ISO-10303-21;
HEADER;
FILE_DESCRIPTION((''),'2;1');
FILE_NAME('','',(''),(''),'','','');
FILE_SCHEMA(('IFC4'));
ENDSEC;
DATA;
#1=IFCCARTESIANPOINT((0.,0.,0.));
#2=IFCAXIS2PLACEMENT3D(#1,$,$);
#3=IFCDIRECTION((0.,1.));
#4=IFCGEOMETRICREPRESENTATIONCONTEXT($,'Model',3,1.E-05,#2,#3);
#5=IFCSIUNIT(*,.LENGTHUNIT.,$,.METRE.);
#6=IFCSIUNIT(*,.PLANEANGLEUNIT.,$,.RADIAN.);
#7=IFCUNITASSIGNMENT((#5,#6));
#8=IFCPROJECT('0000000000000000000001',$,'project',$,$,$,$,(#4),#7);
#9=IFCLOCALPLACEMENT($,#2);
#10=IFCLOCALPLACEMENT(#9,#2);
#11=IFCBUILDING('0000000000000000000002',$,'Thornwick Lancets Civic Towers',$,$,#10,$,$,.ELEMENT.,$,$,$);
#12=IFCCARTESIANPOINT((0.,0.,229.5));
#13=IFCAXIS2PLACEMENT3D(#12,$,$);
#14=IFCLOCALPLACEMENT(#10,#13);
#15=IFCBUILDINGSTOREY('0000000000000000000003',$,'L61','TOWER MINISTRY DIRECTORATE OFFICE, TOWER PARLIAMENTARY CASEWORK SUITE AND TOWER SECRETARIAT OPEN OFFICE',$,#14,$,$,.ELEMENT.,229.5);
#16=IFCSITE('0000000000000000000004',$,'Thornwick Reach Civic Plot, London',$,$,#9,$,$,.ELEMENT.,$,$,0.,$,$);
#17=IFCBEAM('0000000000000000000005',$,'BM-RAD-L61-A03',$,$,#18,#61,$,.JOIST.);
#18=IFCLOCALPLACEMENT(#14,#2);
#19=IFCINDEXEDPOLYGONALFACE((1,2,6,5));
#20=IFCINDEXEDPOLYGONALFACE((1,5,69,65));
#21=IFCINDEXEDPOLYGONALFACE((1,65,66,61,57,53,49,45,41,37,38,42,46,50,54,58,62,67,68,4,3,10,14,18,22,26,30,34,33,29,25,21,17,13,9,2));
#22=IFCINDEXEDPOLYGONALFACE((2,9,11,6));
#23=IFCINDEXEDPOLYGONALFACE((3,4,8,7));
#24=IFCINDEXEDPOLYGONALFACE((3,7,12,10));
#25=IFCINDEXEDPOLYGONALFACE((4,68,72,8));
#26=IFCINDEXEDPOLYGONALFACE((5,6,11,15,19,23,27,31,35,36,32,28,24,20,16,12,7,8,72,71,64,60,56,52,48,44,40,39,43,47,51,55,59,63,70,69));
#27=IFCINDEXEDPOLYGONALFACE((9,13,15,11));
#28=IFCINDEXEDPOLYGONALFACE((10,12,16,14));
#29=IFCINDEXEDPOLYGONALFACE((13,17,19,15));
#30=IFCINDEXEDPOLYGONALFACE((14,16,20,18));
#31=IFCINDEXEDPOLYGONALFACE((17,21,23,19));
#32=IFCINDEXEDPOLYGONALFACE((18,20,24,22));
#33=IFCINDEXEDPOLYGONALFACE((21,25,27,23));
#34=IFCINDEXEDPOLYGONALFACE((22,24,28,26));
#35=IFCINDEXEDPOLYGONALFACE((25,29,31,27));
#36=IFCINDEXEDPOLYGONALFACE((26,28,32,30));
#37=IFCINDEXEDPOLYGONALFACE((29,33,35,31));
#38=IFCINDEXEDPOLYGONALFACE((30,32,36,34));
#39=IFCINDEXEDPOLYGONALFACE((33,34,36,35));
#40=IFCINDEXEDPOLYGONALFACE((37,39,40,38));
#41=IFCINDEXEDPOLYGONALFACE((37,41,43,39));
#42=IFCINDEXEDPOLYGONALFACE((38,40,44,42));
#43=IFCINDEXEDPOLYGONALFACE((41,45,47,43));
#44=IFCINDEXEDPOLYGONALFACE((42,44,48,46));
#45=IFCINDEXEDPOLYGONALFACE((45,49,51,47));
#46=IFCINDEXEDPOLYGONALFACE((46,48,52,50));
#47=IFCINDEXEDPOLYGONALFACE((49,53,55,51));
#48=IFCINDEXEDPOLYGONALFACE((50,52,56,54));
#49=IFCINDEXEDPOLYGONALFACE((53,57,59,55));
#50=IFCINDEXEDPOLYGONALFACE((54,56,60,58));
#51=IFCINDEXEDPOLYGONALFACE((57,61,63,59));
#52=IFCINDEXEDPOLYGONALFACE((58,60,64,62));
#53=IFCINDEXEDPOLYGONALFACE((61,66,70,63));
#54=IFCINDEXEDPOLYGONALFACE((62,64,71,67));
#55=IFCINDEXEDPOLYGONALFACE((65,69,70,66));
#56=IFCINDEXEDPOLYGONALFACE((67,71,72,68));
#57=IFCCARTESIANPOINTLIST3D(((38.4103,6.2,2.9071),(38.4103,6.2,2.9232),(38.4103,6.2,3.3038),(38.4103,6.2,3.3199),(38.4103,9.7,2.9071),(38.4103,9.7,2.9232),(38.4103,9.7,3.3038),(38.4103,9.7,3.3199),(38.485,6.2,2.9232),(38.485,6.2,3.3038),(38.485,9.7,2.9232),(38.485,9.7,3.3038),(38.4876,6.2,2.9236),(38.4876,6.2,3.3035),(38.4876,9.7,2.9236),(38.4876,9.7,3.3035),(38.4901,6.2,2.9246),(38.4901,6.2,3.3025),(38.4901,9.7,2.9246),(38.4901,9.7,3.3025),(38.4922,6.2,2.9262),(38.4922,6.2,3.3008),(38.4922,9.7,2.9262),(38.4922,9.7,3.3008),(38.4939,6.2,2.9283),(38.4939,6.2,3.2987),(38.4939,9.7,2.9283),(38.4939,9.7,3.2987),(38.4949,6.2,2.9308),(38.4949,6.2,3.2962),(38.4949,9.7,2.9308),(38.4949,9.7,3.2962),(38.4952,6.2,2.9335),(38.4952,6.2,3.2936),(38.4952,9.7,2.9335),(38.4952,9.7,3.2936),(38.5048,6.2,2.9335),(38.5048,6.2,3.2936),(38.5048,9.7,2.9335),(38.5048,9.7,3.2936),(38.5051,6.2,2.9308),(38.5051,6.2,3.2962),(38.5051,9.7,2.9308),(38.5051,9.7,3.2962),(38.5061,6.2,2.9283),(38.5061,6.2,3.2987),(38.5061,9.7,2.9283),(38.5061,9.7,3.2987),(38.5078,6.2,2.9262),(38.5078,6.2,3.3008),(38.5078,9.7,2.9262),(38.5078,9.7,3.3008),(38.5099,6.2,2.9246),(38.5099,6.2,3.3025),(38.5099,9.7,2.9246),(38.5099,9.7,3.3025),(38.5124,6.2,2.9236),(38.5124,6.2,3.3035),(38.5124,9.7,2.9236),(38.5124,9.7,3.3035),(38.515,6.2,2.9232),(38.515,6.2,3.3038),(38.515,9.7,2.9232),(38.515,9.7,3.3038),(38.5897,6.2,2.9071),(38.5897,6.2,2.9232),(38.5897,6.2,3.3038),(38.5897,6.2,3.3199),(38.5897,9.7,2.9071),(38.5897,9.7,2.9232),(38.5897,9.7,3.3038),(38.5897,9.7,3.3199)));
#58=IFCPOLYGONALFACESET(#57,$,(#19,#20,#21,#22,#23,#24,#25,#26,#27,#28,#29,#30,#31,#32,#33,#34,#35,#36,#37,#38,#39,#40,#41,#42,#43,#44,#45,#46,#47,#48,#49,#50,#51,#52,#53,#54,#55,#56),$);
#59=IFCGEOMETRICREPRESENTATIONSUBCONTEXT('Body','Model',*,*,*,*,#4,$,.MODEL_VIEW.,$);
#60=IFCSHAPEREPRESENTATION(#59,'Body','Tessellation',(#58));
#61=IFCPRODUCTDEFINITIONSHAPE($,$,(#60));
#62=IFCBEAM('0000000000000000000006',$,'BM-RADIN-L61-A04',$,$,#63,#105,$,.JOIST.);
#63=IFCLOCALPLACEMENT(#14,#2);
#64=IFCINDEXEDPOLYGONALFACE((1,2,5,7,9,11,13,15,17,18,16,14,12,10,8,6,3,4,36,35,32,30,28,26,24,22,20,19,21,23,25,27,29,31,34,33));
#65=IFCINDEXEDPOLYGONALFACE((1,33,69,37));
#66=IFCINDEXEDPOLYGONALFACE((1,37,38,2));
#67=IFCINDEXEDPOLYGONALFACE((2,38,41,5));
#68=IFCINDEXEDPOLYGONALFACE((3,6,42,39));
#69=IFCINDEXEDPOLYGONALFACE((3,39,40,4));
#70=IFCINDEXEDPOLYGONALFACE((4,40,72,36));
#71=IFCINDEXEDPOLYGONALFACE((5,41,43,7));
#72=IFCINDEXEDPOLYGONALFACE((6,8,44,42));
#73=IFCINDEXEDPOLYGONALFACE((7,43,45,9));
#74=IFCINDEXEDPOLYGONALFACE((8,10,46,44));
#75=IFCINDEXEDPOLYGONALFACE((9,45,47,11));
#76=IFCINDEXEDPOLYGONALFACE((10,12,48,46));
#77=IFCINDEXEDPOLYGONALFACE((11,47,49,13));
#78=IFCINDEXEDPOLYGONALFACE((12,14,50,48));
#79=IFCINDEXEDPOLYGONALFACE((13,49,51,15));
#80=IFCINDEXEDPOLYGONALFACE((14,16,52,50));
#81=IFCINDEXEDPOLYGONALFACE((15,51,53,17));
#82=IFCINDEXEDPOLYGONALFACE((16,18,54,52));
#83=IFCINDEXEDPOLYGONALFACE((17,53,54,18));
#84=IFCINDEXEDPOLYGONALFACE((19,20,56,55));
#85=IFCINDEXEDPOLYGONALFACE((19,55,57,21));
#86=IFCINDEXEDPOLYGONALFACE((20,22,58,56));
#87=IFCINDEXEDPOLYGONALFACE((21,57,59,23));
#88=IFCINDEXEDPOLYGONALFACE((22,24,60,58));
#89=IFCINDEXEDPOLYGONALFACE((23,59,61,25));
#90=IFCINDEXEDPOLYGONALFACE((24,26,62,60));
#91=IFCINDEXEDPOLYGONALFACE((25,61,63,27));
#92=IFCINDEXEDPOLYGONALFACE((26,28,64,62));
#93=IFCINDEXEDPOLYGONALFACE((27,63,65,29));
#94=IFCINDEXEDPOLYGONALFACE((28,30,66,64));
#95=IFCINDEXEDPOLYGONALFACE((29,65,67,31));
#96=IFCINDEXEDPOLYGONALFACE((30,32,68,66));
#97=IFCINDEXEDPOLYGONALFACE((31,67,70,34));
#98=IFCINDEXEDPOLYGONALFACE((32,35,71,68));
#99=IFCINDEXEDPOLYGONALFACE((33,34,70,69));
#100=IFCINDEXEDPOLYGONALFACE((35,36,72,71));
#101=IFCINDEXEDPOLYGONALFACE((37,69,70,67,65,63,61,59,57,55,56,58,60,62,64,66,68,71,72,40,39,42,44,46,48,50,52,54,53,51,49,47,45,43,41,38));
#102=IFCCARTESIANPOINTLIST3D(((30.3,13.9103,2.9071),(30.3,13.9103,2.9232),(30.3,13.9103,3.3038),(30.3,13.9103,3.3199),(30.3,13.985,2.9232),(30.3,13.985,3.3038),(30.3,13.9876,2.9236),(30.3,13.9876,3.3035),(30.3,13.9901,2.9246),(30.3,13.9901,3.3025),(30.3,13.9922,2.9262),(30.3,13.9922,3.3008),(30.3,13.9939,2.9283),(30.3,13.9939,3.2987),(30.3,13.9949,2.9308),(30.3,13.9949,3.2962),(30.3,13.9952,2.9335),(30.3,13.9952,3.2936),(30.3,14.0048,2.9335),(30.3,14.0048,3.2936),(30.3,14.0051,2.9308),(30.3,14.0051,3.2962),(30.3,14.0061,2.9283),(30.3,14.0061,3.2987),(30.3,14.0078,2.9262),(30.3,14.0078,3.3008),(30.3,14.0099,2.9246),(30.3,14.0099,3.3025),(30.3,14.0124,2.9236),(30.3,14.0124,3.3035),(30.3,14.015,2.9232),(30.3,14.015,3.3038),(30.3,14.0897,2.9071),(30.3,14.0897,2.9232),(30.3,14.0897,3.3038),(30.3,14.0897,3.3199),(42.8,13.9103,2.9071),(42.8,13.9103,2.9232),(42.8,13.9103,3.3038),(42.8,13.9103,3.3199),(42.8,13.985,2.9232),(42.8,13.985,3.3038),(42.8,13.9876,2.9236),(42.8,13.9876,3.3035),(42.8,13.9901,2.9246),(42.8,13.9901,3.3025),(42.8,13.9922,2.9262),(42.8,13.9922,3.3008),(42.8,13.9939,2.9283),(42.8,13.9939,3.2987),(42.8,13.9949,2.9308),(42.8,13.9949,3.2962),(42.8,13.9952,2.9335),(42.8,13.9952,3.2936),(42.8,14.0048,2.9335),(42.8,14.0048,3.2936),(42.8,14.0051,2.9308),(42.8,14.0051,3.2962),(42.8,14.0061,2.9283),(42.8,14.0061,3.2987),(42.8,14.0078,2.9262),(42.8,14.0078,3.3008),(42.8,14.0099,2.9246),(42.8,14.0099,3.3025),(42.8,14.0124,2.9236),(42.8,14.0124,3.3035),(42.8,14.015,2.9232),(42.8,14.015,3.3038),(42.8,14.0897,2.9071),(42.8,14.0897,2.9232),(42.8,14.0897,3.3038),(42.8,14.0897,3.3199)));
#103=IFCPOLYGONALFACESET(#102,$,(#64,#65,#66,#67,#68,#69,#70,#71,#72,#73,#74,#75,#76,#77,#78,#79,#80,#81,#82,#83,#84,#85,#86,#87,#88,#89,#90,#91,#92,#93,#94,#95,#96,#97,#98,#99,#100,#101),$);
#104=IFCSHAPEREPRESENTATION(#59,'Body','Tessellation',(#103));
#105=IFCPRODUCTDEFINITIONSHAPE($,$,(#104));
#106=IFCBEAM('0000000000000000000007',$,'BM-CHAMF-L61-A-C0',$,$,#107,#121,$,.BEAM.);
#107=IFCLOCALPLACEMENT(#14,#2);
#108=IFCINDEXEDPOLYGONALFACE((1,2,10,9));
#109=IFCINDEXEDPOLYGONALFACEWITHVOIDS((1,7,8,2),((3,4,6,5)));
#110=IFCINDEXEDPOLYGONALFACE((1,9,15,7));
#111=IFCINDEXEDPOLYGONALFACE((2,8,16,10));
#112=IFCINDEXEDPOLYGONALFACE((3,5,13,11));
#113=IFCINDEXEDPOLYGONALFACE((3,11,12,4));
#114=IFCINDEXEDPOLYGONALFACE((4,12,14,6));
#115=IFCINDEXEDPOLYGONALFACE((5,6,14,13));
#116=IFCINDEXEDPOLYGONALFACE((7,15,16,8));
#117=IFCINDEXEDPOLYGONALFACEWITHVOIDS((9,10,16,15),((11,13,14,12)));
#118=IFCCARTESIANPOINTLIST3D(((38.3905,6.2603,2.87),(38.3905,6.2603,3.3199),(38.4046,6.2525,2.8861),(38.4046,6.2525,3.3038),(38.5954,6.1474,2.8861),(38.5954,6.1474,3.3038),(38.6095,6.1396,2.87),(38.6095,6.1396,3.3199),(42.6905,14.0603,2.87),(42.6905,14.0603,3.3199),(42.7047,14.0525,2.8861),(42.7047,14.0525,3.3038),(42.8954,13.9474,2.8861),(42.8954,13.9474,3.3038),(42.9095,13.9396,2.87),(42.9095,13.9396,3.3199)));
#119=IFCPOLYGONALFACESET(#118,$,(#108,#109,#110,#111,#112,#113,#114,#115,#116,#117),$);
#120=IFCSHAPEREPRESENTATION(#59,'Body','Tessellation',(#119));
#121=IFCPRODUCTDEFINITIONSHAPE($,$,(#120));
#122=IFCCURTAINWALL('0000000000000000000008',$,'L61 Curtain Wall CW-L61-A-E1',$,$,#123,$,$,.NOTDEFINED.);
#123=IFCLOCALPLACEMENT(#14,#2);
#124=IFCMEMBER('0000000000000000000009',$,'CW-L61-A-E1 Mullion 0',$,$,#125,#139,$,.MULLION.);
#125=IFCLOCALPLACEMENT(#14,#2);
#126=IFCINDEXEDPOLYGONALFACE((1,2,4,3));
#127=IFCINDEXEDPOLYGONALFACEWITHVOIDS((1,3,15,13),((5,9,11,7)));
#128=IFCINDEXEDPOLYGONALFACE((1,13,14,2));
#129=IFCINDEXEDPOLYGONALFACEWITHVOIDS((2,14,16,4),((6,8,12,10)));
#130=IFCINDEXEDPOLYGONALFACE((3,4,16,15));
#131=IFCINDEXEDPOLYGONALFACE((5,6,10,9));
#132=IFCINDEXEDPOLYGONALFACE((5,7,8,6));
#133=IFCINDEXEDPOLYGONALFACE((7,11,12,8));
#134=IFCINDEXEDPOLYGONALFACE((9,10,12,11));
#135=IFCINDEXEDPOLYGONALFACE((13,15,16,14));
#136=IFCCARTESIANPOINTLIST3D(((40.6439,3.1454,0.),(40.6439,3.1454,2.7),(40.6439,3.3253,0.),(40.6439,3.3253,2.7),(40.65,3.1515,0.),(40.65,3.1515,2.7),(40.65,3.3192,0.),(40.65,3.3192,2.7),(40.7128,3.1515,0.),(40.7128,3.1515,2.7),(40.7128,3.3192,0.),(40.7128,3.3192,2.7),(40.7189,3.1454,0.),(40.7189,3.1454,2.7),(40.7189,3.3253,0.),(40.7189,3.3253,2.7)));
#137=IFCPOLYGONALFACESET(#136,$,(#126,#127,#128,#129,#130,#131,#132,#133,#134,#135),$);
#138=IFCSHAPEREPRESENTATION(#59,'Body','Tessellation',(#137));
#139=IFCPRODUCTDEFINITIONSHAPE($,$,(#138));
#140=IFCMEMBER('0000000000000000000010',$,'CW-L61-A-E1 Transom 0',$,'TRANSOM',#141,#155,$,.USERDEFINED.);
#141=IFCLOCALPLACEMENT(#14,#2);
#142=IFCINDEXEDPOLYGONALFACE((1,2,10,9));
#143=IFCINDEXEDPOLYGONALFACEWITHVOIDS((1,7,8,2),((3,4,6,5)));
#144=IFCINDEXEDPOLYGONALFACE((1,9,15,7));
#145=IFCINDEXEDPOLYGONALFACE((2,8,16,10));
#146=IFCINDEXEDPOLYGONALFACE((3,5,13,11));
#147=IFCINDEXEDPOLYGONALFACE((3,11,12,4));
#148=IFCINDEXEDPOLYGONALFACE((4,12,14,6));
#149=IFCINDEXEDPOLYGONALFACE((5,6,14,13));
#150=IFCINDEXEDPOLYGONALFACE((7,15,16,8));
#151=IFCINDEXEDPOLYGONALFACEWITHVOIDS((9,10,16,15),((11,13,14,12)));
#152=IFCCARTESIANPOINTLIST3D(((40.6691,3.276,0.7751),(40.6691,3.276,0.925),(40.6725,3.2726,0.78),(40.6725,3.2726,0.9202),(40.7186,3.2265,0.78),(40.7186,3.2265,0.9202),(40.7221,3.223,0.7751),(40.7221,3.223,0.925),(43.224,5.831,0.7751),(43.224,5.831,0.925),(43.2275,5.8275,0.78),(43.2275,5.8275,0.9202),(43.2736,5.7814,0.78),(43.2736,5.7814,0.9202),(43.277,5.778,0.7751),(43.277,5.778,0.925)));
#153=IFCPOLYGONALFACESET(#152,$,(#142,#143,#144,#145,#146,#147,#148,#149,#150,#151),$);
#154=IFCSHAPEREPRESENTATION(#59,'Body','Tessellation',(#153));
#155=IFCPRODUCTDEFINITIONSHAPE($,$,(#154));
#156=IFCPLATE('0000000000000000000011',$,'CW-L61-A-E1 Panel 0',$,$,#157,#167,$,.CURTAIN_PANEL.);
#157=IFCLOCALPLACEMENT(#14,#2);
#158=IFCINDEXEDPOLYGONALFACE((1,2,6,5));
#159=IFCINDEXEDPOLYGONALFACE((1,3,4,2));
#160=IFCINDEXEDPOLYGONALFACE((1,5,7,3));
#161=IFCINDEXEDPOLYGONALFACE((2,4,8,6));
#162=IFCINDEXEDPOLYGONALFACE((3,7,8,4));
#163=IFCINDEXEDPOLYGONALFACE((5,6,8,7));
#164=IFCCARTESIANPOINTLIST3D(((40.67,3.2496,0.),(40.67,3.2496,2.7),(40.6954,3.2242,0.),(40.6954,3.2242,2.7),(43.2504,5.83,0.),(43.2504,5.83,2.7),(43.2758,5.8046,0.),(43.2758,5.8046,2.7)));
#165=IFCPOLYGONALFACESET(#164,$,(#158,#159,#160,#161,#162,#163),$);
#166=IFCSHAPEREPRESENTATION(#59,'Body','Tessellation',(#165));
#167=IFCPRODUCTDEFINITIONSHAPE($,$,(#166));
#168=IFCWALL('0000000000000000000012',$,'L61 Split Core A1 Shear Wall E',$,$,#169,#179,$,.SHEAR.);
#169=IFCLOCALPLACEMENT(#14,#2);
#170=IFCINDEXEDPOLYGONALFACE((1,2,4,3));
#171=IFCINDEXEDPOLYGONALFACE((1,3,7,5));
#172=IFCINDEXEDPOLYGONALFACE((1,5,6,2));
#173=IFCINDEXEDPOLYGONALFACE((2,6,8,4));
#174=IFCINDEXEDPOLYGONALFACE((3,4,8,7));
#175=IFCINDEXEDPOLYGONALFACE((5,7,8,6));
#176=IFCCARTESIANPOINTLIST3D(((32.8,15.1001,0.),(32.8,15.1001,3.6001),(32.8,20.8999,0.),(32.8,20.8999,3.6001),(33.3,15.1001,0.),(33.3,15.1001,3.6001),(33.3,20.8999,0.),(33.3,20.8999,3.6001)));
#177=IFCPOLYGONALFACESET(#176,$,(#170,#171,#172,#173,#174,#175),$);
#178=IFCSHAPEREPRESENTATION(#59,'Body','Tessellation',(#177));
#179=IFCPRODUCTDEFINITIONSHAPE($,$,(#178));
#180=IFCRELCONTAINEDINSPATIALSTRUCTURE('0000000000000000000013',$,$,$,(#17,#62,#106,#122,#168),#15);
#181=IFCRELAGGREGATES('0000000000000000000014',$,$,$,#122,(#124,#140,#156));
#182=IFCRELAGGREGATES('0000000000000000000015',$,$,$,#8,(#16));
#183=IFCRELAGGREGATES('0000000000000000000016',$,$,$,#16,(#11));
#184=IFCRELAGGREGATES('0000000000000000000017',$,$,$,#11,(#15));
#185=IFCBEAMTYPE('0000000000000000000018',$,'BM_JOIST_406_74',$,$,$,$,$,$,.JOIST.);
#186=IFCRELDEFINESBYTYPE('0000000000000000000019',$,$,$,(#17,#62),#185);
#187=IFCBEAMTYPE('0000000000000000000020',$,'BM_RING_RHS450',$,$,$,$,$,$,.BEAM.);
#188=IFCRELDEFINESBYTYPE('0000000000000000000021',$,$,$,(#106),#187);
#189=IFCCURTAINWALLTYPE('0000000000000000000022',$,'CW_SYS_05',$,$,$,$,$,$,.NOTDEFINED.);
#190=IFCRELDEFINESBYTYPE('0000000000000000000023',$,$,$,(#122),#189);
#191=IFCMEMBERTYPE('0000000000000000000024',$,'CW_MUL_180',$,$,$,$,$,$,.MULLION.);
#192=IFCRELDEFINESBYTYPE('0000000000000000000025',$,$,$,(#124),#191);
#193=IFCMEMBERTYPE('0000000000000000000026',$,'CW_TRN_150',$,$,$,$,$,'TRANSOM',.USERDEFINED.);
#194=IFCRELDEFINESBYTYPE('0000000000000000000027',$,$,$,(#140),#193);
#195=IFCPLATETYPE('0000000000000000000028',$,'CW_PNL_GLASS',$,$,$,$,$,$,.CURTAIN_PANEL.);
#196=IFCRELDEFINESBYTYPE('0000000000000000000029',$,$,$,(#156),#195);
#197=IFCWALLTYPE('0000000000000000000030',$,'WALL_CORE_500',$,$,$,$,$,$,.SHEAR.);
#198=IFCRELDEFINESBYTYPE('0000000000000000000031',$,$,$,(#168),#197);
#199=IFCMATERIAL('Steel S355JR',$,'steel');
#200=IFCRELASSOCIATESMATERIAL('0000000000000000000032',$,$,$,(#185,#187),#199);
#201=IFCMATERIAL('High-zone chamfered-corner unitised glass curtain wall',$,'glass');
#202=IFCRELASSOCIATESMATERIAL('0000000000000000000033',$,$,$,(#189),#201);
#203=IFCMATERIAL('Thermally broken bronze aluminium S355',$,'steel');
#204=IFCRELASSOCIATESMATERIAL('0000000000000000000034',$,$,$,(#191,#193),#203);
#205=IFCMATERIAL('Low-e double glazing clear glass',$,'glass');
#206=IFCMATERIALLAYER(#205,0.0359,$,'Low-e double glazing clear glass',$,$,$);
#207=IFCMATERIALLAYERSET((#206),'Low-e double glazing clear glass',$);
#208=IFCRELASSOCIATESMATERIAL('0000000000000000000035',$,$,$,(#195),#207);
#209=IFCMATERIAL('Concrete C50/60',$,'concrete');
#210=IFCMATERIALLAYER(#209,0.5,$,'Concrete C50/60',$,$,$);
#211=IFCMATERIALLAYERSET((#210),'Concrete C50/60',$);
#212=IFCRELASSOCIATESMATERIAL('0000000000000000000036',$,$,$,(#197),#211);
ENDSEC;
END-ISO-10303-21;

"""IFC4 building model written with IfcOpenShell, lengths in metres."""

from ifc_helpers import new_model, si_unit, direction, frame, frame_2d, origin, origin_2d, place, context, subcontext, project, spatial, rectangle, hollow_rectangle, i_section, extrude, material, layer, layer_set, material_profile, profile_set, type_object, element, aggregate, save


model = new_model("IFC4")

# Units and contexts
model_context = context("Model", 3, precision=1e-05, world=origin(), true_north=direction((0.0, 1.0)))
body_context = subcontext(model_context, "Body", "Model", "MODEL_VIEW")
ifc_project = project(units=[si_unit("LENGTHUNIT", "METRE"), si_unit("PLANEANGLEUNIT", "RADIAN")], contexts=[model_context])

# Site, building, storey
site_placement = place(None, origin())
site = spatial("IfcSite", under=ifc_project, at=site_placement, Name="Thornwick Reach Civic Plot, London", CompositionType="ELEMENT", RefElevation=0.0)
building_placement = place(site_placement, origin())
building = spatial("IfcBuilding", under=site, at=building_placement, Name="Thornwick Lancets Civic Towers", CompositionType="ELEMENT")
storey_placement = place(building_placement, frame((0.0, 0.0, 229.5)))
storey = spatial("IfcBuildingStorey", under=building, at=storey_placement, Name="L61", Description="TOWER MINISTRY DIRECTORATE OFFICE, TOWER PARLIAMENTARY CASEWORK SUITE AND TOWER SECRETARIAT OPEN OFFICE", CompositionType="ELEMENT", Elevation=229.5)

# Shared definitions
ifc_material_1 = material(Name="Concrete C50/60", Category="concrete")
ifc_material_2 = material(Name="Steel S355JR", Category="steel")

# Beams
ifc_material_profile_1 = material_profile(ifc_material_2, i_section(OverallWidth=0.1794, OverallDepth=0.4128, WebThickness=0.0095, FlangeThickness=0.0161, FilletRadius=0.0103, at=origin_2d()), Name="UKB 406x178x74")
ifc_profile_set_1 = profile_set([ifc_material_profile_1], Name="Steel S355JR")
beam_type_1 = type_object("IfcBeamType", Name="BM_JOIST_406_74", PredefinedType="JOIST", material=ifc_profile_set_1)
beam_1_placement = place(storey_placement, frame((38.5, 9.7, 3.1135), z_axis=(0.0, -1.0, 0.0), x_axis=(1.0, 0.0, 0.0)))
element("IfcBeam", 1, at=beam_1_placement, inside=storey, type_object=beam_type_1, Name="BM-RAD-L61-A03", PredefinedType="JOIST", context=body_context, shape_type="SweptSolid", body=[
    extrude(i_section(OverallWidth=0.1794, OverallDepth=0.4128, WebThickness=0.0095, FlangeThickness=0.0161, FilletRadius=0.0103, at=origin_2d()), origin(), (0.0, 0.0, 1.0), 3.5),
])
beam_2_placement = place(storey_placement, frame((30.3, 14.0, 3.1135), z_axis=(1.0, 0.0, 0.0), x_axis=(0.0, 1.0, 0.0)))
element("IfcBeam", 2, at=beam_2_placement, inside=storey, type_object=beam_type_1, Name="BM-RADIN-L61-A04", PredefinedType="JOIST", context=body_context, shape_type="SweptSolid", body=[
    extrude(i_section(OverallWidth=0.1794, OverallDepth=0.4128, WebThickness=0.0095, FlangeThickness=0.0161, FilletRadius=0.0103, at=origin_2d()), origin(), (0.0, 0.0, 1.0), 12.5),
])
ifc_material_profile_2 = material_profile(ifc_material_2, hollow_rectangle(XDim=0.25, YDim=0.45, WallThickness=0.0161, at=origin_2d()), Name="RHS 450x250x16")
ifc_profile_set_2 = profile_set([ifc_material_profile_2], Name="Steel S355JR")
beam_type_2 = type_object("IfcBeamType", Name="BM_RING_RHS450", PredefinedType="BEAM", material=ifc_profile_set_2)
beam_3_placement = place(storey_placement, frame((38.5, 6.2, 3.095), z_axis=(0.482782, 0.87574, 0.0), x_axis=(-0.87574, 0.482782, 0.0)))
element("IfcBeam", 3, at=beam_3_placement, inside=storey, type_object=beam_type_2, Name="BM-CHAMF-L61-A-C0", PredefinedType="BEAM", context=body_context, shape_type="SweptSolid", body=[
    extrude(hollow_rectangle(XDim=0.25, YDim=0.45, WallThickness=0.0161, at=origin_2d()), origin(), (0.0, 0.0, 1.0), 8.9067),
])

# Curtain wall, members, plate
ifc_material_3 = material(Name="High-zone chamfered-corner unitised glass curtain wall", Category="glass")
curtain_wall_type = type_object("IfcCurtainWallType", Name="CW_SYS_05", PredefinedType="NOTDEFINED", material=ifc_material_3)
curtain_wall_placement = place(storey_placement, origin())
curtain_wall = element("IfcCurtainWall", 4, at=curtain_wall_placement, inside=storey, type_object=curtain_wall_type, Name="L61 Curtain Wall CW-L61-A-E1", PredefinedType="NOTDEFINED")
ifc_material_4 = material(Name="Thermally broken bronze aluminium S355", Category="steel")
ifc_material_profile_3 = material_profile(ifc_material_4, hollow_rectangle(XDim=0.075, YDim=0.1799, WallThickness=0.0061, at=origin_2d()), Name="RHS 180x75x6")
ifc_profile_set_3 = profile_set([ifc_material_profile_3], Name="Thermally broken bronze aluminium S355")
member_type_1 = type_object("IfcMemberType", Name="CW_MUL_180", PredefinedType="MULLION", material=ifc_profile_set_3)
member_1_placement = place(storey_placement, frame((40.6814, 3.2354, 0.0), z_axis=(0.0, 0.0, 1.0), x_axis=(1.0, 0.0, 0.0)))
member_1 = element("IfcMember", 5, at=member_1_placement, type_object=member_type_1, Name="CW-L61-A-E1 Mullion 0", PredefinedType="MULLION", context=body_context, shape_type="SweptSolid", body=[
    extrude(hollow_rectangle(XDim=0.075, YDim=0.1799, WallThickness=0.0061, at=origin_2d()), origin(), (0.0, 0.0, 1.0), 2.7),
])
ifc_material_profile_4 = material_profile(ifc_material_4, hollow_rectangle(XDim=0.075, YDim=0.1499, WallThickness=0.0049, at=origin_2d()), Name="RHS 150x75x5")
ifc_profile_set_4 = profile_set([ifc_material_profile_4], Name="Thermally broken bronze aluminium S355")
member_type_2 = type_object("IfcMemberType", Name="CW_TRN_150", ElementType="TRANSOM", PredefinedType="USERDEFINED", material=ifc_profile_set_4)
member_2_placement = place(storey_placement, frame((40.6956, 3.2495, 0.8501), z_axis=(0.707107, 0.707107, 0.0), x_axis=(-0.707107, 0.707107, 0.0)))
member_2 = element("IfcMember", 6, at=member_2_placement, type_object=member_type_2, Name="CW-L61-A-E1 Transom 0", ObjectType="TRANSOM", PredefinedType="USERDEFINED", context=body_context, shape_type="SweptSolid", body=[
    extrude(hollow_rectangle(XDim=0.075, YDim=0.1499, WallThickness=0.0049, at=origin_2d()), origin(), (0.0, 0.0, 1.0), 3.6133),
])
ifc_material_5 = material(Name="Low-e double glazing clear glass", Category="glass")
ifc_layer_1 = layer(ifc_material_5, 0.0359, Name="Low-e double glazing clear glass")
ifc_layer_set_1 = layer_set([ifc_layer_1], Name="Low-e double glazing clear glass")
plate_type = type_object("IfcPlateType", Name="CW_PNL_GLASS", PredefinedType="CURTAIN_PANEL", material=ifc_layer_set_1)
plate_placement = place(storey_placement, frame((41.9729, 4.5271, 0.0), z_axis=(0.0, 0.0, 1.0), x_axis=(0.707107, 0.707107, 0.0)))
plate = element("IfcPlate", 7, at=plate_placement, type_object=plate_type, Name="CW-L61-A-E1 Panel 0", PredefinedType="CURTAIN_PANEL", context=body_context, shape_type="SweptSolid", body=[
    extrude(rectangle(XDim=3.6492, YDim=0.0359, at=origin_2d()), origin(), (0.0, 0.0, 1.0), 2.7),
])
aggregate(curtain_wall, [member_1, member_2, plate])

# Wall
ifc_layer_2 = layer(ifc_material_1, 0.5, Name="Concrete C50/60")
ifc_layer_set_2 = layer_set([ifc_layer_2], Name="Concrete C50/60")
wall_type_1 = type_object("IfcWallType", Name="WALL_CORE_500", PredefinedType="SHEAR", material=ifc_layer_set_2)
wall_1_placement = place(storey_placement, frame((33.05, 15.1001, 0.0), z_axis=(0.0, 0.0, 1.0), x_axis=(0.0, 1.0, 0.0)))
element("IfcWall", 8, at=wall_1_placement, inside=storey, type_object=wall_type_1, Name="L61 Split Core A1 Shear Wall E", PredefinedType="SHEAR", context=body_context, shape_type="SweptSolid", body=[
    extrude(rectangle(XDim=5.7998, YDim=0.5, at=frame_2d((2.8999, 0.0))), origin(), (0.0, 0.0, 1.0), 3.6001),
])

save(model, "model.ifc")
